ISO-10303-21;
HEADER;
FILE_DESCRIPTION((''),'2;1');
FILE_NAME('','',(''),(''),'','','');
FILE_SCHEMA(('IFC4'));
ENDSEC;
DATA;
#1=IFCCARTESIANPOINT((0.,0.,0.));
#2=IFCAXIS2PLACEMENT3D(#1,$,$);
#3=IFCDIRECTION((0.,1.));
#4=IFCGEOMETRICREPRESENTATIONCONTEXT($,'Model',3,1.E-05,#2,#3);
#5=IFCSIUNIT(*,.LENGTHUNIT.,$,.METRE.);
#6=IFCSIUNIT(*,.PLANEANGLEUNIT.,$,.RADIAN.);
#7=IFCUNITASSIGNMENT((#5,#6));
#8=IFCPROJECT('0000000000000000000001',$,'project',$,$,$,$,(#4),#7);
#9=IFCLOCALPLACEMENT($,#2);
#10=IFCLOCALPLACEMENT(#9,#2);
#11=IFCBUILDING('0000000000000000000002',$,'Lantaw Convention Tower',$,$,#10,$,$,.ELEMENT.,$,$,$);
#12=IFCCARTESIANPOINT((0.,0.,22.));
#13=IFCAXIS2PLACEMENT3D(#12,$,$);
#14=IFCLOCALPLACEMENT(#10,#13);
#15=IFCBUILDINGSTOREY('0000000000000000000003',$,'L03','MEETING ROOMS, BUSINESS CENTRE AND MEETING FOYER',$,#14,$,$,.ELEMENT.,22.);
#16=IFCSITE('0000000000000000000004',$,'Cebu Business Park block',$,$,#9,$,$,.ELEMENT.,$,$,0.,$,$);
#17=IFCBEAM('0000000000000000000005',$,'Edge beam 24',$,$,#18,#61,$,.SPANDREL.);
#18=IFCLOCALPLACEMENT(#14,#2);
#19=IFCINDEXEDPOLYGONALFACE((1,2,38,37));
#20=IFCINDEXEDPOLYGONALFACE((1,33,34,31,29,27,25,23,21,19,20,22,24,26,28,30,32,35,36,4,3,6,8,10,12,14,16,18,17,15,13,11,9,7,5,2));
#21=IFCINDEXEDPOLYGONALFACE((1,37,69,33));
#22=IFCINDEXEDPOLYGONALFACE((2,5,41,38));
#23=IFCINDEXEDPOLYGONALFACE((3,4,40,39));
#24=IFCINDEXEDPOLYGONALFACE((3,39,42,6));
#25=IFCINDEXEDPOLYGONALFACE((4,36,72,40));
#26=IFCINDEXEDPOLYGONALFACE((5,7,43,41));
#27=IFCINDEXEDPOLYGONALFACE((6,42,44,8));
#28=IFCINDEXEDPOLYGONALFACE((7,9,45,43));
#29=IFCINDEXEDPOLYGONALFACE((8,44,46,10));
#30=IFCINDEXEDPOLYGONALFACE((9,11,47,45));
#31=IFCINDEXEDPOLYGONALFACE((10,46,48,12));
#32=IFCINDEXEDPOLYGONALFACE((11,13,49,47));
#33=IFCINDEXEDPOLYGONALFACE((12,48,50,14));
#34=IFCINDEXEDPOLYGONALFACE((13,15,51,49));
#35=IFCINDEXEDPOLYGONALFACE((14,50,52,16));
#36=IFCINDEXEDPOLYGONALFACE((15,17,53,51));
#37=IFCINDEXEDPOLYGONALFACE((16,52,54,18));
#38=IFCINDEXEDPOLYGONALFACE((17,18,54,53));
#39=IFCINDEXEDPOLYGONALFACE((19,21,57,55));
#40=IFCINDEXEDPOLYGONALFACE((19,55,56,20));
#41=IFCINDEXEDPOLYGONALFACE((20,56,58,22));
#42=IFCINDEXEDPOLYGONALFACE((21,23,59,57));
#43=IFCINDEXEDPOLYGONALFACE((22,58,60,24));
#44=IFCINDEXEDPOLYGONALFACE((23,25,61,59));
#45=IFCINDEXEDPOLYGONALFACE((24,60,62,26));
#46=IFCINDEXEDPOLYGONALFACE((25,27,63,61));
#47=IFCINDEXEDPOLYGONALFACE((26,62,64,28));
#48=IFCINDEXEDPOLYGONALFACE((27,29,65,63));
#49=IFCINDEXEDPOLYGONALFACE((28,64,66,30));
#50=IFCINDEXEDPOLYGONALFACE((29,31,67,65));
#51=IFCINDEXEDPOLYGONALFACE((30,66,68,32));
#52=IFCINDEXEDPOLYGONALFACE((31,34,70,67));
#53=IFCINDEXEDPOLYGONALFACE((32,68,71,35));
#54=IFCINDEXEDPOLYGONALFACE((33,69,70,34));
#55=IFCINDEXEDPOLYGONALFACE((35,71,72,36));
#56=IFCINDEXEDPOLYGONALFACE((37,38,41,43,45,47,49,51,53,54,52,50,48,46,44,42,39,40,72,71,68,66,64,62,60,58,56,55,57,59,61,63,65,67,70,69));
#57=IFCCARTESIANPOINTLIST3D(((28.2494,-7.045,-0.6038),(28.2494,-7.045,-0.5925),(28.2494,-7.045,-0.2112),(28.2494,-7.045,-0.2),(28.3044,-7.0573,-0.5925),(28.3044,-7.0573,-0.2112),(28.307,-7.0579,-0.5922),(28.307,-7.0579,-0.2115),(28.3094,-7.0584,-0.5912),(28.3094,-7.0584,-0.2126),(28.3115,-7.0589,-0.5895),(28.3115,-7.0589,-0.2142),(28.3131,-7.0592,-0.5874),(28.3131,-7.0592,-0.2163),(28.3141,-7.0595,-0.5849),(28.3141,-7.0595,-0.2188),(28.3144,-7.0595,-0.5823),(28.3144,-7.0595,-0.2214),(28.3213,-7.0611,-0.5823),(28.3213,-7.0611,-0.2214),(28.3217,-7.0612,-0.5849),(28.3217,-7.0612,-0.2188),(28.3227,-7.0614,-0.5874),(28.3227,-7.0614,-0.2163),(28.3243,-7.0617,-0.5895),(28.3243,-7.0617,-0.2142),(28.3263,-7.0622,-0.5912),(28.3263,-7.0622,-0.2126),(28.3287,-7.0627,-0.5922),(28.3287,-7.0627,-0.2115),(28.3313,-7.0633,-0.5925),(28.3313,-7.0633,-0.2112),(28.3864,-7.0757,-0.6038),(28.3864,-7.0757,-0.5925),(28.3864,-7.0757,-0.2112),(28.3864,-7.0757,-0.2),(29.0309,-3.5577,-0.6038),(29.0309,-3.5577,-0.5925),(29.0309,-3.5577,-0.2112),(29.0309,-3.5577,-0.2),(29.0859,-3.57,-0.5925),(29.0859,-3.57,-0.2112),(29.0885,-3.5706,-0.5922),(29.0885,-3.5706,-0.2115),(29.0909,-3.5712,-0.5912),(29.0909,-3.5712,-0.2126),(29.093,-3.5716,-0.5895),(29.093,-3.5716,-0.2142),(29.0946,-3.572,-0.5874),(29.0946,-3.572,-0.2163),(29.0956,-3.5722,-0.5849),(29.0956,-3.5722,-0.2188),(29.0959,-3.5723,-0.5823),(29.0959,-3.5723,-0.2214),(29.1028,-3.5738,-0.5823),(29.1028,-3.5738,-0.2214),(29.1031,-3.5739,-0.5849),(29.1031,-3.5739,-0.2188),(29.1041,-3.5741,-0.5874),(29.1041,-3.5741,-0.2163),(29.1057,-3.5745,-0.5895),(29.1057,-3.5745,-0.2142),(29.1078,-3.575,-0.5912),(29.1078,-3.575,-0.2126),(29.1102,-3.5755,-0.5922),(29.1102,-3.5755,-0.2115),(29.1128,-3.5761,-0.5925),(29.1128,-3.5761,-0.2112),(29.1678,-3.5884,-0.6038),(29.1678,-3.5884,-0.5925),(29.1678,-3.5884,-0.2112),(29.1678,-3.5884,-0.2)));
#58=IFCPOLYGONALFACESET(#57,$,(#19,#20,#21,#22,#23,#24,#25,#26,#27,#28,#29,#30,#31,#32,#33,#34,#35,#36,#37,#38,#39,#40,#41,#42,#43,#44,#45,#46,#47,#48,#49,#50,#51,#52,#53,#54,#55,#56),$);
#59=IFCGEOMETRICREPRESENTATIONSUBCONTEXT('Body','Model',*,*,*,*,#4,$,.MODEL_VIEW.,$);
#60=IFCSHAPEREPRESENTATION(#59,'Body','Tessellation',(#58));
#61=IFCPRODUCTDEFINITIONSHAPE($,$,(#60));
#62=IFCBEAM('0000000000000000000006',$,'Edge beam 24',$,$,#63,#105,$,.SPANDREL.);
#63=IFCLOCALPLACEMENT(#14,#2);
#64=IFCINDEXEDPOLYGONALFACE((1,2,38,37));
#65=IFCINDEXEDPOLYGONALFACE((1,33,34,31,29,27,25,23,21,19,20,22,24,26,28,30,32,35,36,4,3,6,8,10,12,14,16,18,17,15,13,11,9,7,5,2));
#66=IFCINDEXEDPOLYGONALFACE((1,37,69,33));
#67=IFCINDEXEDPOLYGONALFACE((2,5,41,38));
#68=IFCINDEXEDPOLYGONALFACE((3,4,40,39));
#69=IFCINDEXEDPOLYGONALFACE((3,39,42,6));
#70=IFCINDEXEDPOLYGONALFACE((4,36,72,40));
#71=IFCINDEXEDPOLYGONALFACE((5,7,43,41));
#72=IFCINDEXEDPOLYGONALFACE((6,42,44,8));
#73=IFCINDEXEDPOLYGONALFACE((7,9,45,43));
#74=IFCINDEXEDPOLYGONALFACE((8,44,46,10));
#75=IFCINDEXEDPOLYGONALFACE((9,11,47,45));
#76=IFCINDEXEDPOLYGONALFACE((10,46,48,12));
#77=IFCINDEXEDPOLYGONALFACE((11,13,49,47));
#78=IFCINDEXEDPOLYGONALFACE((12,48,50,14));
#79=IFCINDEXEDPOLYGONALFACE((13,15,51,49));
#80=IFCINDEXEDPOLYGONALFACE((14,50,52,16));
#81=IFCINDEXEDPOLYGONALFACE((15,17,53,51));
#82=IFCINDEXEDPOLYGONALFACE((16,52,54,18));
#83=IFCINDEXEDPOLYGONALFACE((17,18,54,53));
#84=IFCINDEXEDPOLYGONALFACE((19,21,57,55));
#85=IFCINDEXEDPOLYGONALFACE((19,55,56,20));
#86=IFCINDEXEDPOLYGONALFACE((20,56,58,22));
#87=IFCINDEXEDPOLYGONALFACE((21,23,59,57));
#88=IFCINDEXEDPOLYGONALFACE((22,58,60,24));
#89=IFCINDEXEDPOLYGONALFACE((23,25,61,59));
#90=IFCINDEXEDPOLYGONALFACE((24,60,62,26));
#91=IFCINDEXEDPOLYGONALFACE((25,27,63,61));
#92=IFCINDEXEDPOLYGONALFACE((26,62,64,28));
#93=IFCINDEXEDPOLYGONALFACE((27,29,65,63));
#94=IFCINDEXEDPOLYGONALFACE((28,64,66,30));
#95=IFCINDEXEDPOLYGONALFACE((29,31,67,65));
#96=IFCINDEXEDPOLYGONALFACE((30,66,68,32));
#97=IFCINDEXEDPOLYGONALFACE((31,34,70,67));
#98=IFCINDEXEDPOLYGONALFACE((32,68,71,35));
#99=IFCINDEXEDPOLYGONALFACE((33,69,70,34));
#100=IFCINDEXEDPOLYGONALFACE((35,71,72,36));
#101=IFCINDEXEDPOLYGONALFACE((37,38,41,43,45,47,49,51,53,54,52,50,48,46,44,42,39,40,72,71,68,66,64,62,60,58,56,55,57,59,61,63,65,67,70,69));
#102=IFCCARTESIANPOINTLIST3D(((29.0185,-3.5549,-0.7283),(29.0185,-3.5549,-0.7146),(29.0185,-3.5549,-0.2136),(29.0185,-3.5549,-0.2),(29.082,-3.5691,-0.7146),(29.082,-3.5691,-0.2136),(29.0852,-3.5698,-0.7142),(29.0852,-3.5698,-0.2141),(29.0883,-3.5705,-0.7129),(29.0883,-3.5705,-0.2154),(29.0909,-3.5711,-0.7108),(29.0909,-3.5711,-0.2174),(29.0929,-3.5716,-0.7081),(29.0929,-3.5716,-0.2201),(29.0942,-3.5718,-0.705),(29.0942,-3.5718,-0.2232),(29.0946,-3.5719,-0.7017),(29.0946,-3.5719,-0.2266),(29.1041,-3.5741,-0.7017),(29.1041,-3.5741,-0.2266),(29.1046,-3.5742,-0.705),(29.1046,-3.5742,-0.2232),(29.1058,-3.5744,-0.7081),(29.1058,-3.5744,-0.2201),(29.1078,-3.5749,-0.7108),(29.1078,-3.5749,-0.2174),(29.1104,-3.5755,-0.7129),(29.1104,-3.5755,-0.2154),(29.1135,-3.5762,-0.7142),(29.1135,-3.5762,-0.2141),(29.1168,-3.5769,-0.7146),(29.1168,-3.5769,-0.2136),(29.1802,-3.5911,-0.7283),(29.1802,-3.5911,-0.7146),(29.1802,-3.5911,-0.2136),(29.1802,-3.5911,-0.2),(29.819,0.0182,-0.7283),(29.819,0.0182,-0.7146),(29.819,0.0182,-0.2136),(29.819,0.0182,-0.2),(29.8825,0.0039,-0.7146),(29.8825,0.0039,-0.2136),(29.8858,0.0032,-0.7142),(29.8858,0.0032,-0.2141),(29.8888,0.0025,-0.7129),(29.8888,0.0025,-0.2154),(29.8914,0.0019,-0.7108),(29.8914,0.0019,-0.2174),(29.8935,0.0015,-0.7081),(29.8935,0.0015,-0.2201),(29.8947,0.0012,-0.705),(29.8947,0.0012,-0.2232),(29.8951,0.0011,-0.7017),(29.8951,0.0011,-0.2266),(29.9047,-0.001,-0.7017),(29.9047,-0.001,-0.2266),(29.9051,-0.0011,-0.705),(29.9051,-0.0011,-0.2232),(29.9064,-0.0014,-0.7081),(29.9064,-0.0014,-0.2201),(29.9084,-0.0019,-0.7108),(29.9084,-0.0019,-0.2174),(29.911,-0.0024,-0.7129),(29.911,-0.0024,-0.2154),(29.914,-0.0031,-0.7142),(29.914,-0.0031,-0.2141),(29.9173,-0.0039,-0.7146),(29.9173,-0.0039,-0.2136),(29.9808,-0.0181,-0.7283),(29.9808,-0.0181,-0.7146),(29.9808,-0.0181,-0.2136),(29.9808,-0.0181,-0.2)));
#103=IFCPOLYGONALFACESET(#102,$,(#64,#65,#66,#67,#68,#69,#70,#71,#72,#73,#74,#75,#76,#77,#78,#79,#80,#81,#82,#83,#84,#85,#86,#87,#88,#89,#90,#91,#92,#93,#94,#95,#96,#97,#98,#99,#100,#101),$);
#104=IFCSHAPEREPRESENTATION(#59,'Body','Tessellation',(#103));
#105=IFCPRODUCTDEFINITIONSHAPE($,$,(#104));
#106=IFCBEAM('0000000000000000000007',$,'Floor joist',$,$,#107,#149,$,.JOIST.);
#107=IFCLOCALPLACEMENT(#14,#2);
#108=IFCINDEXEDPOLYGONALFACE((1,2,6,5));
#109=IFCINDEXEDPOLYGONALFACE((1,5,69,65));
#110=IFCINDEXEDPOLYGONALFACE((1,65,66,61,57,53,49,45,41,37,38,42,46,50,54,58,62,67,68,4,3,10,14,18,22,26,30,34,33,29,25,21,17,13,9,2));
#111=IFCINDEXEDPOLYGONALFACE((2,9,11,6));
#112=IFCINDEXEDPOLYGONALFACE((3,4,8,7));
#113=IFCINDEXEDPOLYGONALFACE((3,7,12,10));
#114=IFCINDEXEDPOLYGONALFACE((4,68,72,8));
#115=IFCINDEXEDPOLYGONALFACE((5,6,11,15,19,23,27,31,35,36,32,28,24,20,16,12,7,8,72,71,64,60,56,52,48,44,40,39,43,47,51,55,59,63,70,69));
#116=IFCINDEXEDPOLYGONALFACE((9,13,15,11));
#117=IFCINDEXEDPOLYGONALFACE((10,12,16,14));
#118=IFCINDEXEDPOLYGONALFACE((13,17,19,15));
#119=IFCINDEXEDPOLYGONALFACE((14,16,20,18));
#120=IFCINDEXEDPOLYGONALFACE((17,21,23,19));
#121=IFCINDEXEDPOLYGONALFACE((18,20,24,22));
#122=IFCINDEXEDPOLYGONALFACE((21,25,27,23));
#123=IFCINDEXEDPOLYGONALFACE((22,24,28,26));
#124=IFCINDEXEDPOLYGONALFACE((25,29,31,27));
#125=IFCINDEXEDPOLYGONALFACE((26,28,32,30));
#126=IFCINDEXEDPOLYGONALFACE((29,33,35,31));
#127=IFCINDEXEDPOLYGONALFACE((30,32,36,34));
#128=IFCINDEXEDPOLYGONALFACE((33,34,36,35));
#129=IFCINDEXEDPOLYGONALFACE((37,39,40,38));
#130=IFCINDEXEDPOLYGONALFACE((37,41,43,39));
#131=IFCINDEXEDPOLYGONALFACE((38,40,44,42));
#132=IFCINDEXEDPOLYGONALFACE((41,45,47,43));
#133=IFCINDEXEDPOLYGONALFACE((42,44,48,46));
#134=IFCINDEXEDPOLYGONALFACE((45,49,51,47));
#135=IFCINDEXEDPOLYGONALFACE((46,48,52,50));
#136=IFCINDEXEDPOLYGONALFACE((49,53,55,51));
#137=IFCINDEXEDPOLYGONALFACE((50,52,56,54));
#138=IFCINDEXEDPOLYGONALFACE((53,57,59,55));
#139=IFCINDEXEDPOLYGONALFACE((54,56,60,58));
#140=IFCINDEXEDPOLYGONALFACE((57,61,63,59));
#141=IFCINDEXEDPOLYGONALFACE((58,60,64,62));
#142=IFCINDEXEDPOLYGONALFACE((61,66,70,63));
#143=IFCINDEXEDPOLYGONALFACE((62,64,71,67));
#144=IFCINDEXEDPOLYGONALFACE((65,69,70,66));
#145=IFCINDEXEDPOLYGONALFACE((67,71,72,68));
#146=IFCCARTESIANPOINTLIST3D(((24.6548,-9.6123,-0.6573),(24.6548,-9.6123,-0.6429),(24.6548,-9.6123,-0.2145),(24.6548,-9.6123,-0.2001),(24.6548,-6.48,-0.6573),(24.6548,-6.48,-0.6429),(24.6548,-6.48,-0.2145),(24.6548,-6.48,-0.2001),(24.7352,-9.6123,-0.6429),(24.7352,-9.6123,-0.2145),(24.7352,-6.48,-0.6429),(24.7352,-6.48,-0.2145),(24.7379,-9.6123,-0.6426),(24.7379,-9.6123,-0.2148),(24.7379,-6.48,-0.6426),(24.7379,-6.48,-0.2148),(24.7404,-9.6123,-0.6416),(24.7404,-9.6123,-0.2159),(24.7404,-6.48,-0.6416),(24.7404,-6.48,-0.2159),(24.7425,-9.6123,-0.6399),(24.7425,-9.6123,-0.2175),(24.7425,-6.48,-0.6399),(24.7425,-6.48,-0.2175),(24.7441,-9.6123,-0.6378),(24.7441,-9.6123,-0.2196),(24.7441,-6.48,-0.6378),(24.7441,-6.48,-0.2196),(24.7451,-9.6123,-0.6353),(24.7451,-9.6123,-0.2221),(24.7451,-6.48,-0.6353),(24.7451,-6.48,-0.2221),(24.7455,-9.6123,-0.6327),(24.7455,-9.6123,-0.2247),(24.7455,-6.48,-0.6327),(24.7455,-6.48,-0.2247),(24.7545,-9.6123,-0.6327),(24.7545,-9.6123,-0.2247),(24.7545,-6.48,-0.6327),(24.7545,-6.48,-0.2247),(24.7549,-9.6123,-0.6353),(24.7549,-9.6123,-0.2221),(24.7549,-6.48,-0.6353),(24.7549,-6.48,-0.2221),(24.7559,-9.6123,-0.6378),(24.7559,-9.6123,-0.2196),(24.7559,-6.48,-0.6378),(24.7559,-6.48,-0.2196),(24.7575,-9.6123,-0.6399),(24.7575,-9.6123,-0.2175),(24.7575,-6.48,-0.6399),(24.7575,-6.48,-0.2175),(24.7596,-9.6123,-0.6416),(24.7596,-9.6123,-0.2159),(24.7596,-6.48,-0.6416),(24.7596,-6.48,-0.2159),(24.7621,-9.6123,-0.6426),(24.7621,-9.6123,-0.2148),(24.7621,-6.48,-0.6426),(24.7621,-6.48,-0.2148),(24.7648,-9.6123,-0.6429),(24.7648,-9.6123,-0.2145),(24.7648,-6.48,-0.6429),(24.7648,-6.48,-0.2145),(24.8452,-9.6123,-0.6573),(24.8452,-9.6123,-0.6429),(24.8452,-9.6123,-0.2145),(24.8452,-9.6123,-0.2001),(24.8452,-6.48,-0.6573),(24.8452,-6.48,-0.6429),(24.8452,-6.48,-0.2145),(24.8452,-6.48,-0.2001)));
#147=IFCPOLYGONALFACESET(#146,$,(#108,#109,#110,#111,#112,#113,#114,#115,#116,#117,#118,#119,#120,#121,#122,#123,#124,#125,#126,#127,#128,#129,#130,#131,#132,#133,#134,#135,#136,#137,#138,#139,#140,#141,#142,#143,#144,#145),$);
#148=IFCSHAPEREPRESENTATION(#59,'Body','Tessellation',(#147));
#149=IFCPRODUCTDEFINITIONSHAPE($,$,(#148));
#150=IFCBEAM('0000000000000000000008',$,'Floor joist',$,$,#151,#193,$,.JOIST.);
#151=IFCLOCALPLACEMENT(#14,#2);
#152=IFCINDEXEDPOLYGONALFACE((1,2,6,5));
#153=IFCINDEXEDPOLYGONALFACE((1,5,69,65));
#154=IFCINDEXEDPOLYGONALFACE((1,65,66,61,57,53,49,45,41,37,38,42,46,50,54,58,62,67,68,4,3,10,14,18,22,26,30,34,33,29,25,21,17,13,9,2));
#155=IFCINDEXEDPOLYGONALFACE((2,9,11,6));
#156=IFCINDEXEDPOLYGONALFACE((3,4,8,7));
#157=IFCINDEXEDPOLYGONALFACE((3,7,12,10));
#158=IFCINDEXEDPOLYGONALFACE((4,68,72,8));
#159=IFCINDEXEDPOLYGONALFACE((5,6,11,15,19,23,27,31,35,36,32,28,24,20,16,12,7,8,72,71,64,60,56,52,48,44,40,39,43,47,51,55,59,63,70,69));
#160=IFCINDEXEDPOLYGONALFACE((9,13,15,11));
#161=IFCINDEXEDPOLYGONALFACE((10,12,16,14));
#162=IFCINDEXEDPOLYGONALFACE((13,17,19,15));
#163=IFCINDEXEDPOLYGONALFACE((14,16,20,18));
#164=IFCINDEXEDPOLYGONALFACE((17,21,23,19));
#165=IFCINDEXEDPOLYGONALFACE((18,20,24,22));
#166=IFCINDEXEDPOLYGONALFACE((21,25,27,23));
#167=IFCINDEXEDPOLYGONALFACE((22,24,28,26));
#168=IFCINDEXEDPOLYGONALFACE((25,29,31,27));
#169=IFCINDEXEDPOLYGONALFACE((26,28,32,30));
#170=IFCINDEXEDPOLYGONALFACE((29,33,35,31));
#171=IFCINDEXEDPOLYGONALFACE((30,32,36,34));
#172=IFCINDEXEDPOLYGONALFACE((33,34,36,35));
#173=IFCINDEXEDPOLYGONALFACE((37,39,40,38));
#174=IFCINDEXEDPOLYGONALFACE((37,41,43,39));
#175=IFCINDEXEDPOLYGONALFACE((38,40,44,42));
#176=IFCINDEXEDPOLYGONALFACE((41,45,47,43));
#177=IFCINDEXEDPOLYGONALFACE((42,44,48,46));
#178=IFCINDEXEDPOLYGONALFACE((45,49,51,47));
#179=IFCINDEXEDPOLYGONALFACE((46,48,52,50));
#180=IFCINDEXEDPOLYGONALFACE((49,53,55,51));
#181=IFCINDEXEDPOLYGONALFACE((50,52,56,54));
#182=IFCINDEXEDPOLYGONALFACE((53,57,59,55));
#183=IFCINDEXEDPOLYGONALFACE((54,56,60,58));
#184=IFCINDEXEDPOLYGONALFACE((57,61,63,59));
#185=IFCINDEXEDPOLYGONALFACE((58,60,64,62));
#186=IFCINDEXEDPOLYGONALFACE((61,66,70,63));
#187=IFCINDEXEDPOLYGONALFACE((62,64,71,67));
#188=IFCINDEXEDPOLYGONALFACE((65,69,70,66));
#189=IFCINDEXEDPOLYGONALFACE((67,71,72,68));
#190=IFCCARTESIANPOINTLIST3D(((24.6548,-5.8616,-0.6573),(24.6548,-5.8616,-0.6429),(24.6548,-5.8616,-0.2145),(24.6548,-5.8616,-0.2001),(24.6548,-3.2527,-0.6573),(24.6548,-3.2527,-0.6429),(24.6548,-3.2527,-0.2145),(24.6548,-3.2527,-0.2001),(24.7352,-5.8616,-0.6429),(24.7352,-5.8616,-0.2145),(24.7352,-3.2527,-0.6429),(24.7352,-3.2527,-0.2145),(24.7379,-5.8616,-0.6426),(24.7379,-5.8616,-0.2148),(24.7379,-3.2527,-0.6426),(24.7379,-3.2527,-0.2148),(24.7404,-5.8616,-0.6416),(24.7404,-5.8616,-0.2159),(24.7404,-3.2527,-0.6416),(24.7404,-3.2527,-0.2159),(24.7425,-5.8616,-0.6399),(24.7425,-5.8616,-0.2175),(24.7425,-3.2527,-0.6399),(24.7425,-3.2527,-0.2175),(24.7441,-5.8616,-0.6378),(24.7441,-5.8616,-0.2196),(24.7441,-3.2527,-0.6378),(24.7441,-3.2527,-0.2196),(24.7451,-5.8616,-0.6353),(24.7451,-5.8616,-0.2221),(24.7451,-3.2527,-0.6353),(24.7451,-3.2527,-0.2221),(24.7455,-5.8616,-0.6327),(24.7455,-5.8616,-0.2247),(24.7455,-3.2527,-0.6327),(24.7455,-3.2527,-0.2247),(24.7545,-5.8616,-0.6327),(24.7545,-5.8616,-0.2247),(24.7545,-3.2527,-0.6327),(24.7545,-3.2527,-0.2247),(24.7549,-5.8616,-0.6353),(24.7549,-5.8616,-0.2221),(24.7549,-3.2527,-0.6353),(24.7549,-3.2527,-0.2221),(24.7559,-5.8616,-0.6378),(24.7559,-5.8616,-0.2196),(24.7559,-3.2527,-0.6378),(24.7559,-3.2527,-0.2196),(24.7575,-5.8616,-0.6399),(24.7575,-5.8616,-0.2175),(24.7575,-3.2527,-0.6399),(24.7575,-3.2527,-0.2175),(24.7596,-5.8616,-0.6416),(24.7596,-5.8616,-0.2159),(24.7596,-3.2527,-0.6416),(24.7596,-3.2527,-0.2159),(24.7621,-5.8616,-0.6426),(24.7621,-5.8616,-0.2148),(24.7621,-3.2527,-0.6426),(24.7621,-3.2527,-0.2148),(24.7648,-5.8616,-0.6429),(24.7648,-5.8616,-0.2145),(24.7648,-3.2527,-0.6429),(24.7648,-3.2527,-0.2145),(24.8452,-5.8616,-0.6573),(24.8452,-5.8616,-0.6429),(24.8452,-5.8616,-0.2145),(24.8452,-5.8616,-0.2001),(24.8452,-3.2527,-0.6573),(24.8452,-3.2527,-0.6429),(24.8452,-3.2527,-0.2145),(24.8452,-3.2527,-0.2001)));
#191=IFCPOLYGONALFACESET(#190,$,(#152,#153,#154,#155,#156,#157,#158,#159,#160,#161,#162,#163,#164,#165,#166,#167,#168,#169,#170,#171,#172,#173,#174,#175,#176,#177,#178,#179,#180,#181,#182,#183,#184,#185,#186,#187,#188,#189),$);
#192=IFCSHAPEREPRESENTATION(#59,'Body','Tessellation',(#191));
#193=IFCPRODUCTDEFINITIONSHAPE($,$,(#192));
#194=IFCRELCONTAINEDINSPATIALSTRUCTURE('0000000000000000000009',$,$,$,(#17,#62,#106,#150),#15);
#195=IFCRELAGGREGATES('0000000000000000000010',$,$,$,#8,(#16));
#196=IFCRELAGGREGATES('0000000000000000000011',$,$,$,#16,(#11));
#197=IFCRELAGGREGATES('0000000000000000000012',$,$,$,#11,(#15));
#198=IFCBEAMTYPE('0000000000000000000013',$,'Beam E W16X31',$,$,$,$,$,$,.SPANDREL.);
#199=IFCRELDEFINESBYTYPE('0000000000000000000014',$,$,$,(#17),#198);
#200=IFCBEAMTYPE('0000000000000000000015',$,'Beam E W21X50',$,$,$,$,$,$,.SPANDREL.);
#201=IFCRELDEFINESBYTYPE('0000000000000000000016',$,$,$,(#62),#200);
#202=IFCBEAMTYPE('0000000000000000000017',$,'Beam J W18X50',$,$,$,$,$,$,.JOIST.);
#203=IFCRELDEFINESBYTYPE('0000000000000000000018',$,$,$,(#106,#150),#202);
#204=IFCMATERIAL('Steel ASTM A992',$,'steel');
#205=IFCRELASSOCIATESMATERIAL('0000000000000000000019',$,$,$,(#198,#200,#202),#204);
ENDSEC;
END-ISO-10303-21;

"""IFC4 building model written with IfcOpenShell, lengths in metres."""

from ifc_helpers import new_model, si_unit, direction, frame, origin, origin_2d, place, context, subcontext, project, spatial, i_section, extrude, material, material_profile, profile_set, type_object, element, save


model = new_model("IFC4")

# Units and contexts
model_context = context("Model", 3, precision=1e-05, world=origin(), true_north=direction((0.0, 1.0)))
body_context = subcontext(model_context, "Body", "Model", "MODEL_VIEW")
ifc_project = project(units=[si_unit("LENGTHUNIT", "METRE"), si_unit("PLANEANGLEUNIT", "RADIAN")], contexts=[model_context])

# Site, building, storey
site_placement = place(None, origin())
site = spatial("IfcSite", under=ifc_project, at=site_placement, Name="Cebu Business Park block", CompositionType="ELEMENT", RefElevation=0.0)
building_placement = place(site_placement, origin())
building = spatial("IfcBuilding", under=site, at=building_placement, Name="Lantaw Convention Tower", CompositionType="ELEMENT")
storey_placement = place(building_placement, frame((0.0, 0.0, 22.0)))
storey = spatial("IfcBuildingStorey", under=building, at=storey_placement, Name="L03", Description="MEETING ROOMS, BUSINESS CENTRE AND MEETING FOYER", CompositionType="ELEMENT", Elevation=22.0)

# Beams
ifc_material_1 = material(Name="Steel ASTM A992", Category="steel")
ifc_material_profile_1 = material_profile(ifc_material_1, i_section(OverallWidth=0.1404, OverallDepth=0.4038, WebThickness=0.0071, FlangeThickness=0.0112, FilletRadius=0.0103, at=origin_2d()), Name="W16X31")
ifc_profile_set_1 = profile_set([ifc_material_profile_1], Name="Steel ASTM A992")
beam_type_1 = type_object("IfcBeamType", Name="Beam E W16X31", PredefinedType="SPANDREL", material=ifc_profile_set_1)
beam_1_placement = place(storey_placement, frame((28.3179, -7.0603, -0.4019), z_axis=(0.218673, 0.975798, 0.0), x_axis=(-0.975798, 0.218673, 0.0)))
element("IfcBeam", 1, at=beam_1_placement, inside=storey, type_object=beam_type_1, Name="Edge beam 24", PredefinedType="SPANDREL", context=body_context, shape_type="SweptSolid", body=[
    extrude(i_section(OverallWidth=0.1404, OverallDepth=0.4038, WebThickness=0.0071, FlangeThickness=0.0112, FilletRadius=0.0103, at=origin_2d()), origin(), (0.0, 0.0, 1.0), 3.5737),
])
ifc_material_profile_2 = material_profile(ifc_material_1, i_section(OverallWidth=0.1658, OverallDepth=0.5283, WebThickness=0.0098, FlangeThickness=0.0137, FilletRadius=0.0129, at=origin_2d()), Name="W21X50")
ifc_profile_set_2 = profile_set([ifc_material_profile_2], Name="Steel ASTM A992")
beam_type_2 = type_object("IfcBeamType", Name="Beam E W21X50", PredefinedType="SPANDREL", material=ifc_profile_set_2)
beam_2_placement = place(storey_placement, frame((29.0994, -3.573, -0.4641), z_axis=(0.218632, 0.975807, 0.0), x_axis=(-0.975807, 0.218632, 0.0)))
element("IfcBeam", 2, at=beam_2_placement, inside=storey, type_object=beam_type_2, Name="Edge beam 24", PredefinedType="SPANDREL", context=body_context, shape_type="SweptSolid", body=[
    extrude(i_section(OverallWidth=0.1658, OverallDepth=0.5283, WebThickness=0.0098, FlangeThickness=0.0137, FilletRadius=0.0129, at=origin_2d()), origin(), (0.0, 0.0, 1.0), 3.6616),
])
ifc_material_profile_3 = material_profile(ifc_material_1, i_section(OverallWidth=0.1904, OverallDepth=0.4573, WebThickness=0.009, FlangeThickness=0.0144, FilletRadius=0.0103, at=origin_2d()), Name="W18X50")
ifc_profile_set_3 = profile_set([ifc_material_profile_3], Name="Steel ASTM A992")
beam_type_3 = type_object("IfcBeamType", Name="Beam J W18X50", PredefinedType="JOIST", material=ifc_profile_set_3)
beam_3_placement = place(storey_placement, frame((24.75, -9.6123, -0.4287), z_axis=(0.0, 1.0, 0.0), x_axis=(-1.0, 0.0, 0.0)))
element("IfcBeam", 3, at=beam_3_placement, inside=storey, type_object=beam_type_3, Name="Floor joist", PredefinedType="JOIST", context=body_context, shape_type="SweptSolid", body=[
    extrude(i_section(OverallWidth=0.1904, OverallDepth=0.4573, WebThickness=0.009, FlangeThickness=0.0144, FilletRadius=0.0103, at=origin_2d()), origin(), (0.0, 0.0, 1.0), 3.1323),
])
beam_4_placement = place(storey_placement, frame((24.75, -5.8616, -0.4287), z_axis=(0.0, 1.0, 0.0), x_axis=(-1.0, 0.0, 0.0)))
element("IfcBeam", 4, at=beam_4_placement, inside=storey, type_object=beam_type_3, Name="Floor joist", PredefinedType="JOIST", context=body_context, shape_type="SweptSolid", body=[
    extrude(i_section(OverallWidth=0.1904, OverallDepth=0.4573, WebThickness=0.009, FlangeThickness=0.0144, FilletRadius=0.0103, at=origin_2d()), origin(), (0.0, 0.0, 1.0), 2.6089),
])

save(model, "model.ifc")
